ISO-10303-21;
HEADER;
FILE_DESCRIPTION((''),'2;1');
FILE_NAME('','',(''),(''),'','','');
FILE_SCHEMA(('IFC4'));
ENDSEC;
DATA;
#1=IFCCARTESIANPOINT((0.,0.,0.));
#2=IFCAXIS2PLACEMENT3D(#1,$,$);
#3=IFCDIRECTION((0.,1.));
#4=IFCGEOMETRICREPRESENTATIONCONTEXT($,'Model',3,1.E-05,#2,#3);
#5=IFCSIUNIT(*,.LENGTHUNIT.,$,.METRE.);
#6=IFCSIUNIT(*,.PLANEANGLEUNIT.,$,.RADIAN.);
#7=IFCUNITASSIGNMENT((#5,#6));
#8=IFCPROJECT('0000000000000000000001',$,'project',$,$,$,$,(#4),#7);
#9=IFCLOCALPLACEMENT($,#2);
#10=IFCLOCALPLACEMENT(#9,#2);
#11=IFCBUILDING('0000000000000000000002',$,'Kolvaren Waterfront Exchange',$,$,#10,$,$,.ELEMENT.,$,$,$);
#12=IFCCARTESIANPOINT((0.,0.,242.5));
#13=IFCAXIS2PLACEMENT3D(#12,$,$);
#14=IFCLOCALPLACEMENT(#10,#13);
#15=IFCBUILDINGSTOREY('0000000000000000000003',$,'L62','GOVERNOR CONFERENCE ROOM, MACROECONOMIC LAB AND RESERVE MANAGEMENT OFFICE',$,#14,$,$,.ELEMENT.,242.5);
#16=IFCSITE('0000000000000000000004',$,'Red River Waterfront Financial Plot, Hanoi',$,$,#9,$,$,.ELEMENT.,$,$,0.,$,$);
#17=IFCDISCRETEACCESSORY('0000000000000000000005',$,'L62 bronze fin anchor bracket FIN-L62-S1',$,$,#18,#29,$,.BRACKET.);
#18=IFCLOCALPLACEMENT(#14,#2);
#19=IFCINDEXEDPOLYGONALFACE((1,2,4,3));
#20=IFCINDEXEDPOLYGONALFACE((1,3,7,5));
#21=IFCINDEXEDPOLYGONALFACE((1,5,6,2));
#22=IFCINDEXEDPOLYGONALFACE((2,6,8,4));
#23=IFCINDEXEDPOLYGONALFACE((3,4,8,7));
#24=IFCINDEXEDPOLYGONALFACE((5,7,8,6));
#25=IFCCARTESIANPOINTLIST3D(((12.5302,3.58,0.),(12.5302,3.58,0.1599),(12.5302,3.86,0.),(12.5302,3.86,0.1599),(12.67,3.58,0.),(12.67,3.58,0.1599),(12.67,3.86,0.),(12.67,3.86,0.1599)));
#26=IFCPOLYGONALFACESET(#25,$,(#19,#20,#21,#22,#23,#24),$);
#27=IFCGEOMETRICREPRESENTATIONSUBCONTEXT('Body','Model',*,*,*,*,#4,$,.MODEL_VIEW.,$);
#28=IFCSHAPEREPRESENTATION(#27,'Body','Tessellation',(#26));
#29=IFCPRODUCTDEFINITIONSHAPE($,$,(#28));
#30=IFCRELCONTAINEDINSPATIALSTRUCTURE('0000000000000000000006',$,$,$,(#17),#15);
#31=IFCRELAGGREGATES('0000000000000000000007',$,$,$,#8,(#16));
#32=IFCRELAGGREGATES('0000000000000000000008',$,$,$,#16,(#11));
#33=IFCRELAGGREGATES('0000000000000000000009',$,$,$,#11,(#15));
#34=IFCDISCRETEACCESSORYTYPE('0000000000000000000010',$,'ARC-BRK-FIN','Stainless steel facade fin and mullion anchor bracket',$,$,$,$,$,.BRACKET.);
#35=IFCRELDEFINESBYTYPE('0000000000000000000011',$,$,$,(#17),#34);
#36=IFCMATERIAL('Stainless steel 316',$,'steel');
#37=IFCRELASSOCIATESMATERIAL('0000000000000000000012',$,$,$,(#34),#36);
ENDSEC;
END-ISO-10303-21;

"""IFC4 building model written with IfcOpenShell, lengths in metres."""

from ifc_helpers import new_model, si_unit, direction, frame, origin, origin_with_axes, origin_2d, place, context, subcontext, project, spatial, rectangle, extrude, source, transform, mapped, material, type_object, element, save


model = new_model("IFC4")

# Units and contexts
model_context = context("Model", 3, precision=1e-05, world=origin(), true_north=direction((0.0, 1.0)))
body_context = subcontext(model_context, "Body", "Model", "MODEL_VIEW")
ifc_project = project(units=[si_unit("LENGTHUNIT", "METRE"), si_unit("PLANEANGLEUNIT", "RADIAN")], contexts=[model_context])

# Site, building, storey
site_placement = place(None, origin())
site = spatial("IfcSite", under=ifc_project, at=site_placement, Name="Red River Waterfront Financial Plot, Hanoi", CompositionType="ELEMENT", RefElevation=0.0)
building_placement = place(site_placement, origin())
building = spatial("IfcBuilding", under=site, at=building_placement, Name="Kolvaren Waterfront Exchange", CompositionType="ELEMENT")
storey_placement = place(building_placement, frame((0.0, 0.0, 242.5)))
storey = spatial("IfcBuildingStorey", under=building, at=storey_placement, Name="L62", Description="GOVERNOR CONFERENCE ROOM, MACROECONOMIC LAB AND RESERVE MANAGEMENT OFFICE", CompositionType="ELEMENT", Elevation=242.5)

# Discrete accessory
ifc_material_1 = material(Name="Stainless steel 316", Category="steel")
discrete_accessory_type = type_object("IfcDiscreteAccessoryType", Name="ARC-BRK-FIN", Description="Stainless steel facade fin and mullion anchor bracket", PredefinedType="BRACKET", material=ifc_material_1)
shared_shape_1 = source(origin_with_axes(), body_context, "Body", "SweptSolid", [
    extrude(rectangle(XDim=0.28, YDim=0.1399, at=origin_2d()), origin(), (0.0, 0.0, 1.0), 0.1599),
])
discrete_accessory_placement = place(storey_placement, frame((12.6001, 3.72, 0.0), z_axis=(0.0, 0.0, 1.0), x_axis=(0.0, -1.0, 0.0)))
element("IfcDiscreteAccessory", 1, at=discrete_accessory_placement, inside=storey, type_object=discrete_accessory_type, Name="L62 bronze fin anchor bracket FIN-L62-S1", PredefinedType="BRACKET", context=body_context, shape_type="MappedRepresentation", body=[
    mapped(shared_shape_1, transform((0.0, 0.0, 0.0), x_axis=(1.0, 0.0, 0.0), y_axis=(0.0, 1.0, 0.0), z_axis=(0.0, 0.0, 1.0), scale=1.0)),
])

save(model, "model.ifc")
